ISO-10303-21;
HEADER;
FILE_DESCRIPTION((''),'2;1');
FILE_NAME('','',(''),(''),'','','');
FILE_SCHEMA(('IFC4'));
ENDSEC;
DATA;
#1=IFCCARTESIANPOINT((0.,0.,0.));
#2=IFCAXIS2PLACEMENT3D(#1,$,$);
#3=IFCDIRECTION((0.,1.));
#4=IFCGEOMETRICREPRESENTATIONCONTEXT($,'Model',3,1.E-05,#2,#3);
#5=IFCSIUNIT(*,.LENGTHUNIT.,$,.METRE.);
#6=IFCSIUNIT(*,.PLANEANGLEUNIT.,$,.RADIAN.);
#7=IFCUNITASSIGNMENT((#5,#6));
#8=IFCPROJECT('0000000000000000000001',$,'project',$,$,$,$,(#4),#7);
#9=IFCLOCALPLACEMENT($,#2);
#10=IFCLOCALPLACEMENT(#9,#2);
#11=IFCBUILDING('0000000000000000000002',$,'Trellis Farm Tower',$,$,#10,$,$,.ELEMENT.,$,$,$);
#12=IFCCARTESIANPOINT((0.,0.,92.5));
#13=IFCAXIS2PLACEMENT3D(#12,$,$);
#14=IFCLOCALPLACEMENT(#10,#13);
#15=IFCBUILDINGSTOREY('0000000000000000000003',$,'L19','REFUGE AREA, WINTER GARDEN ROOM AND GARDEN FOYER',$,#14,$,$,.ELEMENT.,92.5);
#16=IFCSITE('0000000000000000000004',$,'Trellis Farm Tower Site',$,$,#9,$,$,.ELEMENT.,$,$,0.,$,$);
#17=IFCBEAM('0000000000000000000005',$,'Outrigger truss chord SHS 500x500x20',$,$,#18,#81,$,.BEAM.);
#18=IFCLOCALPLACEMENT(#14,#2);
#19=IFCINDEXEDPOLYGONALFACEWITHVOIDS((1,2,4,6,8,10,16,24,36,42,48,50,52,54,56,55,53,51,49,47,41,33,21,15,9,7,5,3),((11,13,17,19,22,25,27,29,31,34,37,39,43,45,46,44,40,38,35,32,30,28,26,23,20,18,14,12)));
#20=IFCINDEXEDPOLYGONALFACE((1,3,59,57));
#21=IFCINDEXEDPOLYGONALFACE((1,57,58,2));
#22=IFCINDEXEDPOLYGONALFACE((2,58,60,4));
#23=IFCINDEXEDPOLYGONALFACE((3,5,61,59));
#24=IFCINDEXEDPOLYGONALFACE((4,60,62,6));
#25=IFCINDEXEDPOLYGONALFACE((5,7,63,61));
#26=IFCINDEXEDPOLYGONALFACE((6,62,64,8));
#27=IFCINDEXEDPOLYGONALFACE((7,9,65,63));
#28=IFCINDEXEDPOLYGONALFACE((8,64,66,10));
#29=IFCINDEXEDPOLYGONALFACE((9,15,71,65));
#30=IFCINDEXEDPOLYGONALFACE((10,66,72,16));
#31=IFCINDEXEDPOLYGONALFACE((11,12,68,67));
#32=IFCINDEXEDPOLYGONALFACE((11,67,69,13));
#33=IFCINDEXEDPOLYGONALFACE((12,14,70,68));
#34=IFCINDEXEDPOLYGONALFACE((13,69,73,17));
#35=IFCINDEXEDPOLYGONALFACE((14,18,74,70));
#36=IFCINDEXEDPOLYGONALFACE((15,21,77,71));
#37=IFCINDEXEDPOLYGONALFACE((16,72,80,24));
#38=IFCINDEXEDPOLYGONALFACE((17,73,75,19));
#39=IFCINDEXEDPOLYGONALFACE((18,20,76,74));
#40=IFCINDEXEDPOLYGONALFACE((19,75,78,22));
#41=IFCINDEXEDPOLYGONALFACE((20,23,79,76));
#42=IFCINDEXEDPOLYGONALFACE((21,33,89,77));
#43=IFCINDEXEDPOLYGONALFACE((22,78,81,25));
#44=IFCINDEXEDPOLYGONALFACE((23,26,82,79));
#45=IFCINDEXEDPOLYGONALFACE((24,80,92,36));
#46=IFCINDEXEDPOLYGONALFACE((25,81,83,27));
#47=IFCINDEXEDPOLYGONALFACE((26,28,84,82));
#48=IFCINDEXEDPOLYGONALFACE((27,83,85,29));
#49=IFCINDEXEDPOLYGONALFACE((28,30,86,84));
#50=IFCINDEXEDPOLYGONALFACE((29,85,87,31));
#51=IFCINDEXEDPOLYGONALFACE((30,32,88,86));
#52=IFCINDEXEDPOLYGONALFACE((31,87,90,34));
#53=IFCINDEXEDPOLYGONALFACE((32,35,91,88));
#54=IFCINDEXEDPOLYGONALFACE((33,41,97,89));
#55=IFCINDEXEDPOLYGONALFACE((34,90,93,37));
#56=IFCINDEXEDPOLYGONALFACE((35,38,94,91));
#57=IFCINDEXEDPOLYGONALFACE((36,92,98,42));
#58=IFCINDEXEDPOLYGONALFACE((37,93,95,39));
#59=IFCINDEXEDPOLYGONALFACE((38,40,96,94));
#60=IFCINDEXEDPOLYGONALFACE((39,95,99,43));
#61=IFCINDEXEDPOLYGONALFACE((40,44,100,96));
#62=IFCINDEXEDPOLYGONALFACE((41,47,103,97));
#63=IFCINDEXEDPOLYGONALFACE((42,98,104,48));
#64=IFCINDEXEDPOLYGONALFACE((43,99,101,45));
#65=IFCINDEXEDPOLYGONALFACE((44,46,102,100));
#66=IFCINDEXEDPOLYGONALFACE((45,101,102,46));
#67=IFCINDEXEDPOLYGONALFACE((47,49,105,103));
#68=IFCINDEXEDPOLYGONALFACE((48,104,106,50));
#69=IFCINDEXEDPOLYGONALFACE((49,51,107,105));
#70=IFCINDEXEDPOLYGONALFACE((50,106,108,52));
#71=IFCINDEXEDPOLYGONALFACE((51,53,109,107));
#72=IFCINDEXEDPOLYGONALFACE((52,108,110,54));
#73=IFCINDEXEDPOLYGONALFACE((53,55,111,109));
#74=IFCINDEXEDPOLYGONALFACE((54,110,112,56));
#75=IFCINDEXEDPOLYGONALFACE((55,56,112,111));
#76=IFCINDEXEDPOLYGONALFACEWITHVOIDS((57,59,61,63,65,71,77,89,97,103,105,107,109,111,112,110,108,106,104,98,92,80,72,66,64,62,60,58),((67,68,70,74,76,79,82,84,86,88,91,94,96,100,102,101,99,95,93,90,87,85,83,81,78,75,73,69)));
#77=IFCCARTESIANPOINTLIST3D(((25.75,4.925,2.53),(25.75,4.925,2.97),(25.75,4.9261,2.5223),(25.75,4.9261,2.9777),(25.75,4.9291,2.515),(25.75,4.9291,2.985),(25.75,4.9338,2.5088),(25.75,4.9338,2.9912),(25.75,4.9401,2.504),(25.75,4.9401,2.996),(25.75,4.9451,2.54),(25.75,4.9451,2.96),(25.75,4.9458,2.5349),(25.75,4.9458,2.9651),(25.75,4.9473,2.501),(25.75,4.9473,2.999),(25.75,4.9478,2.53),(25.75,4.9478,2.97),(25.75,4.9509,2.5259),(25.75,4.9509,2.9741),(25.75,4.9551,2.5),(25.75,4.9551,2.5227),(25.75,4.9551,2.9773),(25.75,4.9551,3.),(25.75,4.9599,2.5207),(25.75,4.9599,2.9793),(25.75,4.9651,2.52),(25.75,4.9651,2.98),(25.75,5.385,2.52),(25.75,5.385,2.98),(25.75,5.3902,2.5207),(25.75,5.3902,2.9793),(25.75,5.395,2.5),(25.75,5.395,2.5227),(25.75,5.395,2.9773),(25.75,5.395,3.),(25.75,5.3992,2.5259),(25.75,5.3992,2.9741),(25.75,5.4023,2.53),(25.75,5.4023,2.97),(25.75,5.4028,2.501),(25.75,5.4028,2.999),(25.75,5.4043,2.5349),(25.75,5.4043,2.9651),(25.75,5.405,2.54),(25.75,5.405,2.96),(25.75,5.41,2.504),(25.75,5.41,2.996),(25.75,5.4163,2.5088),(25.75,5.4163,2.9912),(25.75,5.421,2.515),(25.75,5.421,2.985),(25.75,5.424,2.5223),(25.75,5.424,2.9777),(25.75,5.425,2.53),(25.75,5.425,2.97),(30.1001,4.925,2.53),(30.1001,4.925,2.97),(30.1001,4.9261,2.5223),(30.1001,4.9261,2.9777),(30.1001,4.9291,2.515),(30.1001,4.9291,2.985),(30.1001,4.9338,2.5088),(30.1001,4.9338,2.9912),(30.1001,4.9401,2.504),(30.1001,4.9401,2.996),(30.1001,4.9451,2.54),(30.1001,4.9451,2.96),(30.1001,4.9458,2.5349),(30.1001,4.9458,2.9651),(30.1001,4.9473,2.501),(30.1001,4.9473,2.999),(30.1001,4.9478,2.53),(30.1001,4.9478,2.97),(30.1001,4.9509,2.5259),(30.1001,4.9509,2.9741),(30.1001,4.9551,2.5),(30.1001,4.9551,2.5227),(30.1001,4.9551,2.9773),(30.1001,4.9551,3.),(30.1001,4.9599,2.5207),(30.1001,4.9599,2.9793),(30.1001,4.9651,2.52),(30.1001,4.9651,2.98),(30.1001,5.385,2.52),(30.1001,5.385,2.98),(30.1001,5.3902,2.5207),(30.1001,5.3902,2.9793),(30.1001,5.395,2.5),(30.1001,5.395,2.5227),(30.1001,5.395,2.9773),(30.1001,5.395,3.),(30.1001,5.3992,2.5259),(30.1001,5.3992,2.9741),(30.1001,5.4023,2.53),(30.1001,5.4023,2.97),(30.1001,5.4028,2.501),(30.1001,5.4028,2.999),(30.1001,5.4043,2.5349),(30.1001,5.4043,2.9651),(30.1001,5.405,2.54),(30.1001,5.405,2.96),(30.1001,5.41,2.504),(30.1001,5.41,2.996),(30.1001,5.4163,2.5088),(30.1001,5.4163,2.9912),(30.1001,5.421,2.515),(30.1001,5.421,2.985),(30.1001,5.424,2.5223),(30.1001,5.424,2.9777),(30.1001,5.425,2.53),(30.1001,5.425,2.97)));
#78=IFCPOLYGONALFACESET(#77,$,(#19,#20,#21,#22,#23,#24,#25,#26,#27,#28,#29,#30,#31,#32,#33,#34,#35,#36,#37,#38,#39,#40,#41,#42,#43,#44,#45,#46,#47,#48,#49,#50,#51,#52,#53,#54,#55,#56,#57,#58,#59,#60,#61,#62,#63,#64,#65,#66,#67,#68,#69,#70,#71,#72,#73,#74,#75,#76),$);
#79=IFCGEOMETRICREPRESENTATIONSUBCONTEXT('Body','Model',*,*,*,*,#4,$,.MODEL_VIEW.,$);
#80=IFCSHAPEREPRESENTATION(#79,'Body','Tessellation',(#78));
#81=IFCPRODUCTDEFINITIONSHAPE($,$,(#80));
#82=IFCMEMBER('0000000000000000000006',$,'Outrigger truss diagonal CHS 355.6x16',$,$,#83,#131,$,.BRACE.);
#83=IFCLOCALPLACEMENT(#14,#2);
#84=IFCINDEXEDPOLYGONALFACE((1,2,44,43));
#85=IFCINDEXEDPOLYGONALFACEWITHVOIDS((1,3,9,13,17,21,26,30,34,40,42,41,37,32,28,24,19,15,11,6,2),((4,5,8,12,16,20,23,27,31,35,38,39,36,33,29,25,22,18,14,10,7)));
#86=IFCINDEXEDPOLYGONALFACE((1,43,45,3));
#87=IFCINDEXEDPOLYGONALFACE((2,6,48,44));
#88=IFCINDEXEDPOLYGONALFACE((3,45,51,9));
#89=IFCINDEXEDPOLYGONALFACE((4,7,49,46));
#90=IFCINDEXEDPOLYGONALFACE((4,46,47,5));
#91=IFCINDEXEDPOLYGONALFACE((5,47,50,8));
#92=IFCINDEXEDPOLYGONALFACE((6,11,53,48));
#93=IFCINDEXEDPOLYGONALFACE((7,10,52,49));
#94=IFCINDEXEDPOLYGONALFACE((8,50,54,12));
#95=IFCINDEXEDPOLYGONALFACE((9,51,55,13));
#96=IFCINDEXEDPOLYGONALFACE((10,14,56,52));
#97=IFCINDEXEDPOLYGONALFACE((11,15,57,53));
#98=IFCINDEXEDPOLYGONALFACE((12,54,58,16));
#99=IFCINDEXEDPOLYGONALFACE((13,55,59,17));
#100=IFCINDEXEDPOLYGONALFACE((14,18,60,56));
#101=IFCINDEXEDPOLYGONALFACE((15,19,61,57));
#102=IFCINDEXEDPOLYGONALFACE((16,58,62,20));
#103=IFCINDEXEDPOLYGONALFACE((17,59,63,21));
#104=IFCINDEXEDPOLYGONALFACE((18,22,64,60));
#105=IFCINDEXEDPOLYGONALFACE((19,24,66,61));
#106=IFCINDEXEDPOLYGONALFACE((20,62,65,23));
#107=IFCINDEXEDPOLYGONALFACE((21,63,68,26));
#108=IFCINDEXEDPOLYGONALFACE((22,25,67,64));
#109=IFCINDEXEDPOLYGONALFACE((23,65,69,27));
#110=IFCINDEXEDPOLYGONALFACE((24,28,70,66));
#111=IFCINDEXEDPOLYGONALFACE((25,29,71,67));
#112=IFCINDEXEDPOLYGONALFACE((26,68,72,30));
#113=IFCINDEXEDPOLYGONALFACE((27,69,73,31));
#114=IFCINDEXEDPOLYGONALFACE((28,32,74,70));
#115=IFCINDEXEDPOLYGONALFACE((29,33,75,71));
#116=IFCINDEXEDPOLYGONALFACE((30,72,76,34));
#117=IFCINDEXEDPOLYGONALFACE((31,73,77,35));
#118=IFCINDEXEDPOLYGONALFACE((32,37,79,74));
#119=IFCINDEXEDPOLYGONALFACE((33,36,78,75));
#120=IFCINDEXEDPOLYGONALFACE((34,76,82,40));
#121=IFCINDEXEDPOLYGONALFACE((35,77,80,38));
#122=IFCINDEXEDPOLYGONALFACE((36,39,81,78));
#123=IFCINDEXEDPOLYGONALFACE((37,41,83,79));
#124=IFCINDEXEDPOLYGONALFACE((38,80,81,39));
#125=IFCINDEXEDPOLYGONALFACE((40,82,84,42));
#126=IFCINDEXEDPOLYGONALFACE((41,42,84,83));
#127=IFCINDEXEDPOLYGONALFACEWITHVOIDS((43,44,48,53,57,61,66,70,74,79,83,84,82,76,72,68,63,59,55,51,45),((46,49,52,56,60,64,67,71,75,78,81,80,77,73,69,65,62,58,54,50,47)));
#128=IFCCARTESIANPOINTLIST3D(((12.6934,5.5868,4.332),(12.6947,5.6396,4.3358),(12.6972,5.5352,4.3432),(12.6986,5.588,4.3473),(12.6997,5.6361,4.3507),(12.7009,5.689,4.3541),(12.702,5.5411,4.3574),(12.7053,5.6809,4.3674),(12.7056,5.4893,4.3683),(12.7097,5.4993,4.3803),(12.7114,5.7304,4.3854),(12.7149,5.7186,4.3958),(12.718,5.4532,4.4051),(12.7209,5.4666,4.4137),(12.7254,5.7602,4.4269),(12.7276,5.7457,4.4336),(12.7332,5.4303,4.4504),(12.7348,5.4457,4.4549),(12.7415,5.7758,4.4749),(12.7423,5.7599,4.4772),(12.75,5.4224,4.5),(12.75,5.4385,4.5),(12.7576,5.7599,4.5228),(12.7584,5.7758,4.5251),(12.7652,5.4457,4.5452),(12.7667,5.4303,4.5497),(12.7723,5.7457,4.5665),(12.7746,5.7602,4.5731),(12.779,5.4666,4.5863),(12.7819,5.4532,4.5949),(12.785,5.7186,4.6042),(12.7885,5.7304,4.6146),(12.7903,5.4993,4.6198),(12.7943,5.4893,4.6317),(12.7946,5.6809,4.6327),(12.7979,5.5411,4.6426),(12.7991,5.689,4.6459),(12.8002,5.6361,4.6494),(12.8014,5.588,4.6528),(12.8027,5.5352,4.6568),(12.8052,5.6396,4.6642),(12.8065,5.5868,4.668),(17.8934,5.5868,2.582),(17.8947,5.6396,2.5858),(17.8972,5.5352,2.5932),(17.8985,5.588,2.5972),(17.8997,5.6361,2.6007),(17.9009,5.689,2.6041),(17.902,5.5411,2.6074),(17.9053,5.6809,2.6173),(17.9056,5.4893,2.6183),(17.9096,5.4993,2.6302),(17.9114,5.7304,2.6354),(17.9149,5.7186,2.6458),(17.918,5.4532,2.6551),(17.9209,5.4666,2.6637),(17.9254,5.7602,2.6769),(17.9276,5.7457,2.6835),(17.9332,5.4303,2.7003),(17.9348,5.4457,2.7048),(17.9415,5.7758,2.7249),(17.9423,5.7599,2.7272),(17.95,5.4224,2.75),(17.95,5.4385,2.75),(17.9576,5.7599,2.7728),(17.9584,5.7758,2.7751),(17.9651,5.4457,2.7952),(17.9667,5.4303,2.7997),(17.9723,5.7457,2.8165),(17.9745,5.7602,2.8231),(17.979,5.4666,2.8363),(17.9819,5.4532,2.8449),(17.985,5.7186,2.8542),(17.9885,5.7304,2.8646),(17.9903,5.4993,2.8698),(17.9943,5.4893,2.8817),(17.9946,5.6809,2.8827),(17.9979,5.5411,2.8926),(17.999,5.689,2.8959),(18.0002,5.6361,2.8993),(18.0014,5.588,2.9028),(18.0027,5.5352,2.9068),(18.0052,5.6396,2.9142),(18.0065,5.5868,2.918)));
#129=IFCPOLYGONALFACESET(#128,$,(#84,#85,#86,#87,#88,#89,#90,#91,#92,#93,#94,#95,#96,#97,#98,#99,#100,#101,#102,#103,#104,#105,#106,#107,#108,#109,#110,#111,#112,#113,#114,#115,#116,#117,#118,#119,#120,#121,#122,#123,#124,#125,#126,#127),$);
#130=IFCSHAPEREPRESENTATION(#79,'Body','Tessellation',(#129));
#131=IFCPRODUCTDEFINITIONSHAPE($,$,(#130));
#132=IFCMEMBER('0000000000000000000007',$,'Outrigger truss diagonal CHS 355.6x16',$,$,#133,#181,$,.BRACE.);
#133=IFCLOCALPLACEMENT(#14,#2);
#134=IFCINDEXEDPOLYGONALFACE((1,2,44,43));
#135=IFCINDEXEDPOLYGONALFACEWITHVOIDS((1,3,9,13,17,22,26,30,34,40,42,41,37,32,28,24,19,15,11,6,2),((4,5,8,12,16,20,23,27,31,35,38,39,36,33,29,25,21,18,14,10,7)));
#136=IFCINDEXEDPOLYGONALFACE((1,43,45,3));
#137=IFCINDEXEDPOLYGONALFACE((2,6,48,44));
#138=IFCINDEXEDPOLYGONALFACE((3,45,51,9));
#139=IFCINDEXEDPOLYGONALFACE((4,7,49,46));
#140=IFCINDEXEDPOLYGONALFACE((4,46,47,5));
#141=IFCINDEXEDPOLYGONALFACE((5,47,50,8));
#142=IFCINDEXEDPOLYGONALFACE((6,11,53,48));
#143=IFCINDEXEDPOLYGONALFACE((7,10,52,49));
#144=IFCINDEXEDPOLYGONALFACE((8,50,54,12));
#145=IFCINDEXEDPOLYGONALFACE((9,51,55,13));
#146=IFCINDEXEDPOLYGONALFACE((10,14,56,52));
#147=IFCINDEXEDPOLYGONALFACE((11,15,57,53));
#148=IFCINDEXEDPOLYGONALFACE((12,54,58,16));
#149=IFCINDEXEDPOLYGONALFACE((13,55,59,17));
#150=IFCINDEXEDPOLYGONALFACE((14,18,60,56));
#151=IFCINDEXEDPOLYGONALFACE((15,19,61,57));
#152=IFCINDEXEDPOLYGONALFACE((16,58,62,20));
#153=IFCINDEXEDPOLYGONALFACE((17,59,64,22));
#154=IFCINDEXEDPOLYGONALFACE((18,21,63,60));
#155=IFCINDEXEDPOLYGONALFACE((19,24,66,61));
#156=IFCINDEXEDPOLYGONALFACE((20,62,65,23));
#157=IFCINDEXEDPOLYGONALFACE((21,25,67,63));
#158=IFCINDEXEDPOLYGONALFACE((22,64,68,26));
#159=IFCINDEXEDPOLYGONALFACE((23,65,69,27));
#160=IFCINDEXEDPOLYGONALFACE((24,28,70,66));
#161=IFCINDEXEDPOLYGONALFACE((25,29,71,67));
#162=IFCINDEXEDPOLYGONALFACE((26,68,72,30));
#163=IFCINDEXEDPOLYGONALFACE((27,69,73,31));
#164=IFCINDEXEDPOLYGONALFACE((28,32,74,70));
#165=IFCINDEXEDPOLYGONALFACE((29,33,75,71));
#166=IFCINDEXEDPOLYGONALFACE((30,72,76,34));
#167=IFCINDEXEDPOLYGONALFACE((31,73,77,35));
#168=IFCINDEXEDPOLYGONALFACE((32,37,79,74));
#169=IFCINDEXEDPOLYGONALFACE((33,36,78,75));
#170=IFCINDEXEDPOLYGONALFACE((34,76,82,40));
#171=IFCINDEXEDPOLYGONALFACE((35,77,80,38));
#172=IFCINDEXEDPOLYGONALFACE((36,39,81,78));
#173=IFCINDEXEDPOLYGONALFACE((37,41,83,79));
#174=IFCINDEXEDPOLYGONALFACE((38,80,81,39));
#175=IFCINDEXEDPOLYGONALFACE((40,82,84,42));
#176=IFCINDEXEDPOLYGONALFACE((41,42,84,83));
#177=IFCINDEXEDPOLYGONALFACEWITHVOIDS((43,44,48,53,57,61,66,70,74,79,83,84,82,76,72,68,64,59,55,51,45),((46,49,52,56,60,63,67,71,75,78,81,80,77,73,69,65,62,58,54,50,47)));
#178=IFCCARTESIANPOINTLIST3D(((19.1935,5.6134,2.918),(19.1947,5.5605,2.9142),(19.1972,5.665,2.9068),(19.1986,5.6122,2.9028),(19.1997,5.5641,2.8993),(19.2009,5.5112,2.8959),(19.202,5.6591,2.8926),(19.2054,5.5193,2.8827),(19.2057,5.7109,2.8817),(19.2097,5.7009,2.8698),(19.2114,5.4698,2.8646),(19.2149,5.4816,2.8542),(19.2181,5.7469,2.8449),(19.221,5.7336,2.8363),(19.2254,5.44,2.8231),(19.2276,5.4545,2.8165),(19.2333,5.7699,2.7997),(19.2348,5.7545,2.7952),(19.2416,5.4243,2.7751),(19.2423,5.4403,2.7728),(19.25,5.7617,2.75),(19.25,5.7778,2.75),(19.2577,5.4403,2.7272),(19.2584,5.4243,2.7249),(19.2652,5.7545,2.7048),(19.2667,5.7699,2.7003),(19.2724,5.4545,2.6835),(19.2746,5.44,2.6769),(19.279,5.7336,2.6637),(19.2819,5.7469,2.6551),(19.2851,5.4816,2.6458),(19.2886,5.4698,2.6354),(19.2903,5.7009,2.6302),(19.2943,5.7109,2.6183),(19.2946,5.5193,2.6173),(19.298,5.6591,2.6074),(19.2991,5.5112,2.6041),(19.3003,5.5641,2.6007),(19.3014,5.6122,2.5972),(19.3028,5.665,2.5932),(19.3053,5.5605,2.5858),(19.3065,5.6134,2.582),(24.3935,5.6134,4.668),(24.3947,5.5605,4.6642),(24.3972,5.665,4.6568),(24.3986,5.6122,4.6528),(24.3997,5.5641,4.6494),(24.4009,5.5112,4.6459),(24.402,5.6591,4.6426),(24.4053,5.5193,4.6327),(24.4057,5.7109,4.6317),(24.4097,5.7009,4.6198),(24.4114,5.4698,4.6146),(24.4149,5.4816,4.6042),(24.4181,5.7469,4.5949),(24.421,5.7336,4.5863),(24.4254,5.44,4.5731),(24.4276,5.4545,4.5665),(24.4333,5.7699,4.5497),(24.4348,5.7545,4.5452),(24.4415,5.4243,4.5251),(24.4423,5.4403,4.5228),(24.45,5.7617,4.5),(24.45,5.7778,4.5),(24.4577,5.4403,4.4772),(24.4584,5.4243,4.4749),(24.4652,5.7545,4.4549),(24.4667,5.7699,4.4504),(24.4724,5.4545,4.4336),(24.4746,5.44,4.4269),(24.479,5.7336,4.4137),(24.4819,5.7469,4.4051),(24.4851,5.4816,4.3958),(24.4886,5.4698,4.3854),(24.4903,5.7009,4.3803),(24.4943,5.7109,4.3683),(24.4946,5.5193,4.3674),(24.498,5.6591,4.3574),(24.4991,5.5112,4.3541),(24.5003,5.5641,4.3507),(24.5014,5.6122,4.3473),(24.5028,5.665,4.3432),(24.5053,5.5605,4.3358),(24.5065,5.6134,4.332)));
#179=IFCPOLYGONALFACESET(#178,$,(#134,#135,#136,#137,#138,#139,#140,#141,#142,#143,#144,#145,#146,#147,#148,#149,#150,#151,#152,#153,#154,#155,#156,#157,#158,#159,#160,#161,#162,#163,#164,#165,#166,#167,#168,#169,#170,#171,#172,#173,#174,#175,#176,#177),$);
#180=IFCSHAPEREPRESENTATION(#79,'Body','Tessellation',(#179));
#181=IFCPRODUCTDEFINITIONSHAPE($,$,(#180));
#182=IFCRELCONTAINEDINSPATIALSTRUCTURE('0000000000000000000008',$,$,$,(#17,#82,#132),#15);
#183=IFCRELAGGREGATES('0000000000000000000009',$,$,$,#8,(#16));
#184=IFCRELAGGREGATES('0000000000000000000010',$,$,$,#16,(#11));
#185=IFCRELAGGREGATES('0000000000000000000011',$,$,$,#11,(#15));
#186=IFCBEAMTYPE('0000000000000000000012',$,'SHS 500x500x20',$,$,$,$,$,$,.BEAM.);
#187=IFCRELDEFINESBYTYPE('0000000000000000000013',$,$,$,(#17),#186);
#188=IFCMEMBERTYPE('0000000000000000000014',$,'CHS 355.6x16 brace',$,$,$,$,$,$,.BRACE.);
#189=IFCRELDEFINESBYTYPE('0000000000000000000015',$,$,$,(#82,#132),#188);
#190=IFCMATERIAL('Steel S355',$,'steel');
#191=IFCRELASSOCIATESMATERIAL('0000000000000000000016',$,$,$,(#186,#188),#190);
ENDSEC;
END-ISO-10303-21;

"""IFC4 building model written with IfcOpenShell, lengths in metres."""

from ifc_helpers import new_model, si_unit, direction, frame, origin, origin_2d, place, context, subcontext, project, spatial, hollow_rectangle, hollow_circle, extrude, source, transform, mapped, material, material_profile, profile_set, type_object, element, save


model = new_model("IFC4")

# Units and contexts
model_context = context("Model", 3, precision=1e-05, world=origin(), true_north=direction((0.0, 1.0)))
body_context = subcontext(model_context, "Body", "Model", "MODEL_VIEW")
ifc_project = project(units=[si_unit("LENGTHUNIT", "METRE"), si_unit("PLANEANGLEUNIT", "RADIAN")], contexts=[model_context])

# Site, building, storey
site_placement = place(None, origin())
site = spatial("IfcSite", under=ifc_project, at=site_placement, Name="Trellis Farm Tower Site", CompositionType="ELEMENT", RefElevation=0.0)
building_placement = place(site_placement, origin())
building = spatial("IfcBuilding", under=site, at=building_placement, Name="Trellis Farm Tower", CompositionType="ELEMENT")
storey_placement = place(building_placement, frame((0.0, 0.0, 92.5)))
storey = spatial("IfcBuildingStorey", under=building, at=storey_placement, Name="L19", Description="REFUGE AREA, WINTER GARDEN ROOM AND GARDEN FOYER", CompositionType="ELEMENT", Elevation=92.5)

# Beam
ifc_material_1 = material(Name="Steel S355", Category="steel")
ifc_material_profile_1 = material_profile(ifc_material_1, hollow_rectangle(XDim=0.5, YDim=0.5, WallThickness=0.02, InnerFilletRadius=0.02, OuterFilletRadius=0.03, at=origin_2d()), Name="SHS 500x500x20")
ifc_profile_set_1 = profile_set([ifc_material_profile_1], Name="Steel S355")
beam_type_1 = type_object("IfcBeamType", Name="SHS 500x500x20", PredefinedType="BEAM", material=ifc_profile_set_1)
shared_shape_1 = source(origin(), body_context, "Body", "SweptSolid", [
    extrude(hollow_rectangle(XDim=0.5, YDim=0.5, WallThickness=0.02, InnerFilletRadius=0.02, OuterFilletRadius=0.03, at=origin_2d()), origin(), (0.0, 0.0, 1.0), 4.3501),
])
beam_1_placement = place(storey_placement, frame((25.75, 5.175, 2.75), z_axis=(1.0, 0.0, 0.0), x_axis=(0.0, 1.0, 0.0)))
element("IfcBeam", 1, at=beam_1_placement, inside=storey, type_object=beam_type_1, Name="Outrigger truss chord SHS 500x500x20", PredefinedType="BEAM", context=body_context, shape_type="MappedRepresentation", body=[
    mapped(shared_shape_1, transform((0.0, 0.0, 0.0))),
])

# Members
ifc_material_profile_2 = material_profile(ifc_material_1, hollow_circle(Radius=0.1777, WallThickness=0.0161, at=origin_2d()), Name="CHS 355.6x16")
ifc_profile_set_2 = profile_set([ifc_material_profile_2], Name="Steel S355")
member_type_1 = type_object("IfcMemberType", Name="CHS 355.6x16 brace", PredefinedType="BRACE", material=ifc_profile_set_2)
shared_shape_2 = source(origin(), body_context, "Body", "SweptSolid", [
    extrude(hollow_circle(Radius=0.1777, WallThickness=0.0161, at=origin_2d()), origin(), (0.0, 0.0, 1.0), 5.4866),
])
for number, where, z_axis, x_axis, name in (
    (2, (17.95, 5.6001, 2.75), (-0.947767, 0.0, 0.318963), (0.0, -1.0, 0.0), "Outrigger truss diagonal CHS 355.6x16"),
    (3, (19.25, 5.6001, 2.75), (0.947767, 0.0, 0.318963), (0.0, 1.0, 0.0), "Outrigger truss diagonal CHS 355.6x16"),
):
    element("IfcMember", number, at=place(storey_placement, frame(where, z_axis=z_axis, x_axis=x_axis)), inside=storey, type_object=member_type_1, Name=name, PredefinedType="BRACE", context=body_context, shape_type="MappedRepresentation", body=[
        mapped(shared_shape_2, transform((0.0, 0.0, 0.0))),
    ])

save(model, "model.ifc")
